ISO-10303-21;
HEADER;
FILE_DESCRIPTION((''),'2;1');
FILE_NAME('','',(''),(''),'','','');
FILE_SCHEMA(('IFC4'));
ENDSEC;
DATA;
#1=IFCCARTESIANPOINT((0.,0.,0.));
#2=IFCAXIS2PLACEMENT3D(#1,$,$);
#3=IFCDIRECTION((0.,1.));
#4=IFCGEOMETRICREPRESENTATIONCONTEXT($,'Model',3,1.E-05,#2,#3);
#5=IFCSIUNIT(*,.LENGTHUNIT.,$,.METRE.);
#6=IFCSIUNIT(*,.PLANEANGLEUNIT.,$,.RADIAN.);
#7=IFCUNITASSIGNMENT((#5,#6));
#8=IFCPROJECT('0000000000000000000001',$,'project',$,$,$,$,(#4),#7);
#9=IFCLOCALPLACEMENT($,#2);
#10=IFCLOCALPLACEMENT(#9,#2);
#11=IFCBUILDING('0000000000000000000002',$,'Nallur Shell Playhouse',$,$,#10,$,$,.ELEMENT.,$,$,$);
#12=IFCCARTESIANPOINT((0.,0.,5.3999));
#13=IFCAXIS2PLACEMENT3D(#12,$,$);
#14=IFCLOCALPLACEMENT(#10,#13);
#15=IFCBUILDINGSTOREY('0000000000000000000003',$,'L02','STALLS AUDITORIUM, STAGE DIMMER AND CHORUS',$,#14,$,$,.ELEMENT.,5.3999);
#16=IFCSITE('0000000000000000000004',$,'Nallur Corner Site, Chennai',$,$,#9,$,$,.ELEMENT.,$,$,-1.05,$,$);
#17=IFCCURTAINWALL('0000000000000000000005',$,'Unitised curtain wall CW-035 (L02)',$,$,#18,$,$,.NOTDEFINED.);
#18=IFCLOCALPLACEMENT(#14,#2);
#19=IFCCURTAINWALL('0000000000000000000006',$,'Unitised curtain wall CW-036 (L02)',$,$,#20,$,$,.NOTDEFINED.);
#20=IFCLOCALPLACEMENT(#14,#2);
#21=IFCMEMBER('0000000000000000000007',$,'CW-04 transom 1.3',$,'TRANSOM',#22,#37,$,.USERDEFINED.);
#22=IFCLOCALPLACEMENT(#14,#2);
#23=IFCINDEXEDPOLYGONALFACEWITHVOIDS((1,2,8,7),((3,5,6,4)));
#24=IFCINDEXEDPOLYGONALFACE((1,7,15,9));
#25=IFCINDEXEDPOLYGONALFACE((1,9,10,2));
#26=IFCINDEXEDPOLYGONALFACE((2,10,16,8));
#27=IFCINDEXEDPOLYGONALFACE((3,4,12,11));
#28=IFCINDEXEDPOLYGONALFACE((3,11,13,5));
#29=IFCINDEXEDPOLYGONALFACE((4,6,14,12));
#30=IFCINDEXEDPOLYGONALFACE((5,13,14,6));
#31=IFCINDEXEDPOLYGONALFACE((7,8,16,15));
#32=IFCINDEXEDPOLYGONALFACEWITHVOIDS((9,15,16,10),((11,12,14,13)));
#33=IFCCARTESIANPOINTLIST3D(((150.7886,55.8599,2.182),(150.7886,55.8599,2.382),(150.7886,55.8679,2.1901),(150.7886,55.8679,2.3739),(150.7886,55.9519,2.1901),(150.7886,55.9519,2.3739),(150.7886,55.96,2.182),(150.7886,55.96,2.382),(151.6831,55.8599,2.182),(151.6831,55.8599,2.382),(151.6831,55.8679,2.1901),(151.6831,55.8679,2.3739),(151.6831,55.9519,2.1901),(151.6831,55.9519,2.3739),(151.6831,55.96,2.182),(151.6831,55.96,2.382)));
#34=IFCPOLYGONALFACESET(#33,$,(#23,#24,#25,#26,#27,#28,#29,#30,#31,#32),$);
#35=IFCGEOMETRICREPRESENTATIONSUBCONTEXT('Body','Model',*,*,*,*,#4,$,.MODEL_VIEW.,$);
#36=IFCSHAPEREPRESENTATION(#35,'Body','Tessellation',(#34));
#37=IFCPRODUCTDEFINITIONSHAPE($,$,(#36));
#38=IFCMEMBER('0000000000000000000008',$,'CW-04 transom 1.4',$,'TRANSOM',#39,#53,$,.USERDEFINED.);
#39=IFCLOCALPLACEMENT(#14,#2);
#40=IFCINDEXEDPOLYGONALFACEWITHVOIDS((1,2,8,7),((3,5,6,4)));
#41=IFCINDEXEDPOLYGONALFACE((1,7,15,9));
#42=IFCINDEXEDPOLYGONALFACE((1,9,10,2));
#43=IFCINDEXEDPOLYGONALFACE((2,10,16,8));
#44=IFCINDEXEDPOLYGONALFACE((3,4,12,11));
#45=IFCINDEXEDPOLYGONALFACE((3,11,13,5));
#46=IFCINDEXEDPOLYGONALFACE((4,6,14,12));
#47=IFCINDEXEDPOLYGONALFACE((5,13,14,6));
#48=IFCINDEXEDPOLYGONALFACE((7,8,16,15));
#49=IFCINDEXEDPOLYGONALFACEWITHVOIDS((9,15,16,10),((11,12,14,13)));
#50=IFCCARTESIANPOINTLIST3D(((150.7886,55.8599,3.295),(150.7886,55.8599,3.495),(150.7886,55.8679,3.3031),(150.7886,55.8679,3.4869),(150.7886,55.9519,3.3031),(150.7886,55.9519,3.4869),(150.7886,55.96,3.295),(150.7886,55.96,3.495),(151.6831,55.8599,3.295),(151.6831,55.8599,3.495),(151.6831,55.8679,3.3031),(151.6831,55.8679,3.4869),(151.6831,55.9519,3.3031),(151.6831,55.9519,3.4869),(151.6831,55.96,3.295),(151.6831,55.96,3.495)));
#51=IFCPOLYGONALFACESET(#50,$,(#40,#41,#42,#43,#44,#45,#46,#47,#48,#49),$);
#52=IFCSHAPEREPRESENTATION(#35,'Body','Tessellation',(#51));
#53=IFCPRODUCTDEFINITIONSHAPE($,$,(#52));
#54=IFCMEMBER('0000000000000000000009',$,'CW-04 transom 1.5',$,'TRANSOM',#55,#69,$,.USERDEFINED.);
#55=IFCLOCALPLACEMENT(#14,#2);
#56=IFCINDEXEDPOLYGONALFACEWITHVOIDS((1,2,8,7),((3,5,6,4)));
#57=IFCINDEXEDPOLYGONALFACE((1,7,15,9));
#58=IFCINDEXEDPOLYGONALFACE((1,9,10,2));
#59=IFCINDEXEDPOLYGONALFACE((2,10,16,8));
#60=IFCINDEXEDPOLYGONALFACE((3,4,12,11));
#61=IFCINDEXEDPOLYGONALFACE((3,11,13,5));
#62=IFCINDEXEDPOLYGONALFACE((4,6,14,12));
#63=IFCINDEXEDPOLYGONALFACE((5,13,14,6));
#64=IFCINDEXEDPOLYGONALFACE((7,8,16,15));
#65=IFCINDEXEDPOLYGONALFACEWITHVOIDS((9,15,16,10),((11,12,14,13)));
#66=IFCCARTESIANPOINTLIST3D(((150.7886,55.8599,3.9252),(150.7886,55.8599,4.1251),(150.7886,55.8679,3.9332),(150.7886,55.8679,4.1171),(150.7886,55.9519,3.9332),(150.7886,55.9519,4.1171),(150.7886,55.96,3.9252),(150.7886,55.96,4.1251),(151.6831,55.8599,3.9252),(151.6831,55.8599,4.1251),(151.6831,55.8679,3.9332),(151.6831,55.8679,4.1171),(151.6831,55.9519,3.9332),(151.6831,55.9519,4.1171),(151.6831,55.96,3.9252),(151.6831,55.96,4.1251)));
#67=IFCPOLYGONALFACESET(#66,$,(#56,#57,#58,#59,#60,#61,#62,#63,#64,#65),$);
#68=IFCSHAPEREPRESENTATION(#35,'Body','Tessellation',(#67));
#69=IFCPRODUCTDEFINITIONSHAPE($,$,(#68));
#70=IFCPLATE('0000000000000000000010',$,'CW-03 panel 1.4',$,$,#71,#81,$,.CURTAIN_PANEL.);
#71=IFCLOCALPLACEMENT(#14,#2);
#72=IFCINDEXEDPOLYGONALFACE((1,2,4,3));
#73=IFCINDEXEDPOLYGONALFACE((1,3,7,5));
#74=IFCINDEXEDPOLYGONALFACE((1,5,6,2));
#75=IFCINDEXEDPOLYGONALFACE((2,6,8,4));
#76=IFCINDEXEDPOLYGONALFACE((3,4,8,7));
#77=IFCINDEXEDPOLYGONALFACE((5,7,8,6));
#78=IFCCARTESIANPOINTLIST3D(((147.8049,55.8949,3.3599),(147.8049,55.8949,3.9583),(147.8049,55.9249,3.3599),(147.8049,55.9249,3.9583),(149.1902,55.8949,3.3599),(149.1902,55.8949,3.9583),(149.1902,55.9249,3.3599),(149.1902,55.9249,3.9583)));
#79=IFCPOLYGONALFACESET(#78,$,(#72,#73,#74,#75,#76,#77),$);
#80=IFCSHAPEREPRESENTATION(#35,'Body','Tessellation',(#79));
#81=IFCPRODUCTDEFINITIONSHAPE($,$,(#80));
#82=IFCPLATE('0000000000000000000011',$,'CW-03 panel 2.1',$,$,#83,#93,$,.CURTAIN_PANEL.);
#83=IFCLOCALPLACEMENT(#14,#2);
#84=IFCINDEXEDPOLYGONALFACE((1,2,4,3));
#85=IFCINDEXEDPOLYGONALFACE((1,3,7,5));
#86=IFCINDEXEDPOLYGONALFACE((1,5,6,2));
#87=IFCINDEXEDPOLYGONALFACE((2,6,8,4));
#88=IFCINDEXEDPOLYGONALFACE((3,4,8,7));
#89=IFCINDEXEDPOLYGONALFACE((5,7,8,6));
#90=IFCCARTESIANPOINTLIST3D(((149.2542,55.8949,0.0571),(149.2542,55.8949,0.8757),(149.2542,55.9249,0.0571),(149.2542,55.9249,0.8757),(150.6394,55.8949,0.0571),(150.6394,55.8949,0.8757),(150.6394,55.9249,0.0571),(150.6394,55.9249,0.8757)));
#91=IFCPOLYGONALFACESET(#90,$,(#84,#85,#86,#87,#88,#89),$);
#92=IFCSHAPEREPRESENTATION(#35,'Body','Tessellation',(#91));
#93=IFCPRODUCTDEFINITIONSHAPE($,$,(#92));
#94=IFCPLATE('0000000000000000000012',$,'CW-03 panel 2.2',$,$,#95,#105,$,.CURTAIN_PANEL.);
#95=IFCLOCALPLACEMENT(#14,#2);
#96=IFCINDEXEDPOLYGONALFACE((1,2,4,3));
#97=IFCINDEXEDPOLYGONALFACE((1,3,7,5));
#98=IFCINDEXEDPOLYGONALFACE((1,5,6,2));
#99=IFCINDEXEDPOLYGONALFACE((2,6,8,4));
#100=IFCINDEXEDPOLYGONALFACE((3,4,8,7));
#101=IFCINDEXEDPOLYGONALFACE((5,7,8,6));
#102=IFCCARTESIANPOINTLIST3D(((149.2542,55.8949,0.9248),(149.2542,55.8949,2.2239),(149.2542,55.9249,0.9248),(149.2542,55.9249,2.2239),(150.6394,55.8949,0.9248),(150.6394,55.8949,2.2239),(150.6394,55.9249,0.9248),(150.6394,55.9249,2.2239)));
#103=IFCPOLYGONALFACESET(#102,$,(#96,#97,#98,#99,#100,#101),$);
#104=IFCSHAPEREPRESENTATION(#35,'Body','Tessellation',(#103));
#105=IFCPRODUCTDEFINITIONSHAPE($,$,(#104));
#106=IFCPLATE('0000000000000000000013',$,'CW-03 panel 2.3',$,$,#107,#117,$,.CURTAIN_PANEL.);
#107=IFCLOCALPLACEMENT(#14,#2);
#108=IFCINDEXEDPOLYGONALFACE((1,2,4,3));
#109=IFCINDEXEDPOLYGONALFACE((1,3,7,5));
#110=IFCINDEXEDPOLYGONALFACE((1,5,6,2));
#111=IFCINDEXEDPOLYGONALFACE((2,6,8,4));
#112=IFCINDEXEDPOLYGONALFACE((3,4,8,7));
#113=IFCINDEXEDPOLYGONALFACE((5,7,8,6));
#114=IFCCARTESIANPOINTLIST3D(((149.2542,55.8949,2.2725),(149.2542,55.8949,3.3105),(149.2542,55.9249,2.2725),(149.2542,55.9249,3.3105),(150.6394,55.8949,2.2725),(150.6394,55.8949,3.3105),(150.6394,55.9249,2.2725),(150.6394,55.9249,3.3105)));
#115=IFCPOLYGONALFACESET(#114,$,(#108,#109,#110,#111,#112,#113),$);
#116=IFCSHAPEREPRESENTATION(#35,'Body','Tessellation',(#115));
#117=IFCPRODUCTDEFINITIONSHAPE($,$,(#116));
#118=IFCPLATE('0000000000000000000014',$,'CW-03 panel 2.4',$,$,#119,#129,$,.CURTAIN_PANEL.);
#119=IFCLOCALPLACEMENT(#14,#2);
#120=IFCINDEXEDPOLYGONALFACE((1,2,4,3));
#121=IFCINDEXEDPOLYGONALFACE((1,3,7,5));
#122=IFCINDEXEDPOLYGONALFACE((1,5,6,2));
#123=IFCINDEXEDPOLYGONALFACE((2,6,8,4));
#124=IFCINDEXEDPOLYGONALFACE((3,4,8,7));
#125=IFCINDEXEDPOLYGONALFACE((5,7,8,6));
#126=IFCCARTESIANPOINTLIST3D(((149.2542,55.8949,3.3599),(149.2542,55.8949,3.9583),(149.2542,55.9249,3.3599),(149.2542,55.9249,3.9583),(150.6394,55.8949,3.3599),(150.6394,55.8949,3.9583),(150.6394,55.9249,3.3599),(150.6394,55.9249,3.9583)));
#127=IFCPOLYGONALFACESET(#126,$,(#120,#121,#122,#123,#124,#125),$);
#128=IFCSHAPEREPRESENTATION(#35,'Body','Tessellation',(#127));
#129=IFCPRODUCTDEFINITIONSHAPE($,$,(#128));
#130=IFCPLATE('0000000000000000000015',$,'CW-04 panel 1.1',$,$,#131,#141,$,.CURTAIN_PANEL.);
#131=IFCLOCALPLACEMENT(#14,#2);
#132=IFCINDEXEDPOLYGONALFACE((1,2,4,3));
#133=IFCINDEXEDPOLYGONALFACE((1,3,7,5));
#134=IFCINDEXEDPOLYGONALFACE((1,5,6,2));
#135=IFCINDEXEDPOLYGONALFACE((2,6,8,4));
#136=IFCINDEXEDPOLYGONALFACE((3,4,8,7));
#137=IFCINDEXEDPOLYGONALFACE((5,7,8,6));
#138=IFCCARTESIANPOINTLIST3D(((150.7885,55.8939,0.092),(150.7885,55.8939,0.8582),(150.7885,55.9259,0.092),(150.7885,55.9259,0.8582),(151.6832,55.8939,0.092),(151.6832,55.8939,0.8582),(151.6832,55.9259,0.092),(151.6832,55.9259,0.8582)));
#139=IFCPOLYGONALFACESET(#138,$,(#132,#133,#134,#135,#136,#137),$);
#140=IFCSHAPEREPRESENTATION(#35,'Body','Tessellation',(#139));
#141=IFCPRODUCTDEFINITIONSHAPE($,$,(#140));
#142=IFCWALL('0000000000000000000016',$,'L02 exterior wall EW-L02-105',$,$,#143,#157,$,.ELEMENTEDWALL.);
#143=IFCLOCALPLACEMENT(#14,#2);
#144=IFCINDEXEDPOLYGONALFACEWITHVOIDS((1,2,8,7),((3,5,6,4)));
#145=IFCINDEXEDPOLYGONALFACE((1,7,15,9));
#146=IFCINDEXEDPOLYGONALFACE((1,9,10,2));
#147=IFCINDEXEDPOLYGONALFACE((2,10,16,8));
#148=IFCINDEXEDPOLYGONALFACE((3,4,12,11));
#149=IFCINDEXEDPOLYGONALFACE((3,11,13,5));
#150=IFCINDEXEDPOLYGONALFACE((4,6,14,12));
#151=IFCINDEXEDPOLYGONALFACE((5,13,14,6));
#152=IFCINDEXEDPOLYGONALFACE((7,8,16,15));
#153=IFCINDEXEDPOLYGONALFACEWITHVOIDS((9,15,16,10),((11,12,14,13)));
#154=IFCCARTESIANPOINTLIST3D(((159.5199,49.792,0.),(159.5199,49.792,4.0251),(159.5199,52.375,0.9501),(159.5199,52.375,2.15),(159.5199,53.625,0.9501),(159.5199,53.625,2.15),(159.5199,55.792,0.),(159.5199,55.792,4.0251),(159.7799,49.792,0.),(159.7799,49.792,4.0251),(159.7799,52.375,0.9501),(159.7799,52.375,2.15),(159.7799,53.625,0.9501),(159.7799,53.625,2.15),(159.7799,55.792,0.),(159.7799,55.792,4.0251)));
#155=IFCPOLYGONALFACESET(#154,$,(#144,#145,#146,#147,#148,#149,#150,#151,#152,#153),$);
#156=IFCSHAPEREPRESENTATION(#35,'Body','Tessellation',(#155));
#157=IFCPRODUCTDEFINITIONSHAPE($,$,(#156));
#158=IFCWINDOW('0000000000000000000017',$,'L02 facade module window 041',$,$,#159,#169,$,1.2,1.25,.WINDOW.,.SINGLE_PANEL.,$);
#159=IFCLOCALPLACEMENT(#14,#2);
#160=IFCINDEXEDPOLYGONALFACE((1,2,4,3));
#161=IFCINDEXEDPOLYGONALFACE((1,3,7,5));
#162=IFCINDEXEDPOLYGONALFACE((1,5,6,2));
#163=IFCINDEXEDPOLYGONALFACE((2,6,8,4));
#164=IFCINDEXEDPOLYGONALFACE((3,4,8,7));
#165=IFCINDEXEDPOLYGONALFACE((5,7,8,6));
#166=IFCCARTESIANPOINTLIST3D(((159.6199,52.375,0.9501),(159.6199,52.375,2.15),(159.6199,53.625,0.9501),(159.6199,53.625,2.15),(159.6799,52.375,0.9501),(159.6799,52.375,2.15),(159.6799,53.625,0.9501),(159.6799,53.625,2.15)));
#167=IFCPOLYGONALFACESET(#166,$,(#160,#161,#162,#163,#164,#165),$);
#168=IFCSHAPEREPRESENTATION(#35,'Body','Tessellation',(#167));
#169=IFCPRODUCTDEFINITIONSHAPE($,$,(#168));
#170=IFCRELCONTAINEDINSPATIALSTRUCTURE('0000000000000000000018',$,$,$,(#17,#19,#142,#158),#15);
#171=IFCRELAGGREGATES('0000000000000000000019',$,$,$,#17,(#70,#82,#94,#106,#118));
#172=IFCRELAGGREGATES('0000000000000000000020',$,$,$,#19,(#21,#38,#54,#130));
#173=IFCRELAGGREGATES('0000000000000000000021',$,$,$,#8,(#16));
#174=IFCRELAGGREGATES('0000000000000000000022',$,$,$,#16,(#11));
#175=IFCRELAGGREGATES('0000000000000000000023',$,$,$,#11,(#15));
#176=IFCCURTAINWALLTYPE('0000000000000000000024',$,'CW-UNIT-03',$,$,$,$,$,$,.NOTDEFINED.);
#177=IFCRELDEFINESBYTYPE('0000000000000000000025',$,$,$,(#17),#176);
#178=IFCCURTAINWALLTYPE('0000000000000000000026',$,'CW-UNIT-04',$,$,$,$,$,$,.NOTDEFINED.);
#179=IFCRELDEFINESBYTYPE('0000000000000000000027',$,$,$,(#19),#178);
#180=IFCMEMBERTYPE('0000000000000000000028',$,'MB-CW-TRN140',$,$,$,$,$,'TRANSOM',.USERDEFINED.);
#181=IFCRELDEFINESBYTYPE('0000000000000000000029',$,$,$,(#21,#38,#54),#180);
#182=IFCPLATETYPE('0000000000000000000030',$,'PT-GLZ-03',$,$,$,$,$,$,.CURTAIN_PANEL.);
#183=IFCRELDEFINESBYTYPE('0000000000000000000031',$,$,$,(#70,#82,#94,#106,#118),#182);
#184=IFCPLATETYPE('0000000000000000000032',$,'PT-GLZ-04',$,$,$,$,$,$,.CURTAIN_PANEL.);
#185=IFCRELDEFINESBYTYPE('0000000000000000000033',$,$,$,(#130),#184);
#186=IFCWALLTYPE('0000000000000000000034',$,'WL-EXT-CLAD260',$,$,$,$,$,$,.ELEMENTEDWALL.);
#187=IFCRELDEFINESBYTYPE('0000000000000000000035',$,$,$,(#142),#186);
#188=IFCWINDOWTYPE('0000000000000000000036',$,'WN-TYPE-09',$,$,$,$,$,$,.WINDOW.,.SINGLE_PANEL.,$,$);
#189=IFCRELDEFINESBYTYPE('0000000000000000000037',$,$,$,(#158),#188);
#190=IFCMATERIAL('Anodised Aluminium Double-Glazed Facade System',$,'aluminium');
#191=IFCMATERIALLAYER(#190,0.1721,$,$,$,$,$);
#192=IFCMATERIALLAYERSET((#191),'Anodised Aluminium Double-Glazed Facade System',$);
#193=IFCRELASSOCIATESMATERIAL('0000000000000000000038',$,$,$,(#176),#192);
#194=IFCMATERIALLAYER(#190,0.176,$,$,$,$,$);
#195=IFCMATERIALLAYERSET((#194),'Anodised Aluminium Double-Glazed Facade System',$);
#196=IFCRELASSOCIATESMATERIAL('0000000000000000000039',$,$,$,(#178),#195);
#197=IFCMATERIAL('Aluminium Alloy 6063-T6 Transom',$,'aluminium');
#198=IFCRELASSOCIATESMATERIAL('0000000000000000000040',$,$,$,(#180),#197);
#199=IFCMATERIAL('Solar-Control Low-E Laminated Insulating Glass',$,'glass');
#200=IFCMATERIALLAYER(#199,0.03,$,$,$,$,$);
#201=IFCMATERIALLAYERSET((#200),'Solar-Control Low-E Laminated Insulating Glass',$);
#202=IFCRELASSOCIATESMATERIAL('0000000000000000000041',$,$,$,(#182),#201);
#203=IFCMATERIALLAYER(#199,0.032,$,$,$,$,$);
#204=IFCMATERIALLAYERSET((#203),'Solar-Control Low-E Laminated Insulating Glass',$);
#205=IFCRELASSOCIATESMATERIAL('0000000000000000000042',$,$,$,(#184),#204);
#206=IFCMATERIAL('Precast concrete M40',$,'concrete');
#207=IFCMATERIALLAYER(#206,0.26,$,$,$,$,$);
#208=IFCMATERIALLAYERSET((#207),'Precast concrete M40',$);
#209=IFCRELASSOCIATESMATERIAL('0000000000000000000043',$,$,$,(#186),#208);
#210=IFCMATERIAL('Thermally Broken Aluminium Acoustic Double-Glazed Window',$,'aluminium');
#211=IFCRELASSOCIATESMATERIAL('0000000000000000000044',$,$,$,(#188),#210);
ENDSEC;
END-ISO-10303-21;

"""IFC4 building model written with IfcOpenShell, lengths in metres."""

from ifc_helpers import new_model, si_unit, direction, frame, frame_2d, origin, origin_2d, place, context, subcontext, project, spatial, rectangle, hollow_rectangle, extrude, material, layer, layer_set, material_profile, profile_set, type_object, element, fill, aggregate, save


model = new_model("IFC4")

# Units and contexts
model_context = context("Model", 3, precision=1e-05, world=origin(), true_north=direction((0.0, 1.0)))
body_context = subcontext(model_context, "Body", "Model", "MODEL_VIEW")
ifc_project = project(units=[si_unit("LENGTHUNIT", "METRE"), si_unit("PLANEANGLEUNIT", "RADIAN")], contexts=[model_context])

# Site, building, storey
site_placement = place(None, origin())
site = spatial("IfcSite", under=ifc_project, at=site_placement, Name="Nallur Corner Site, Chennai", CompositionType="ELEMENT", RefElevation=-1.05)
building_placement = place(site_placement, origin())
building = spatial("IfcBuilding", under=site, at=building_placement, Name="Nallur Shell Playhouse", CompositionType="ELEMENT")
storey_placement = place(building_placement, frame((0.0, 0.0, 5.3999)))
storey = spatial("IfcBuildingStorey", under=building, at=storey_placement, Name="L02", Description="STALLS AUDITORIUM, STAGE DIMMER AND CHORUS", CompositionType="ELEMENT", Elevation=5.3999)

# Curtain wall
ifc_material_1 = material(Name="Anodised Aluminium Double-Glazed Facade System", Category="aluminium")
ifc_layer_1 = layer(ifc_material_1, 0.1721)
ifc_layer_set_1 = layer_set([ifc_layer_1], Name="Anodised Aluminium Double-Glazed Facade System")
curtain_wall_type_1 = type_object("IfcCurtainWallType", Name="CW-UNIT-03", PredefinedType="NOTDEFINED", material=ifc_layer_set_1)
curtain_wall_1_placement = place(storey_placement, origin())
curtain_wall_1 = element("IfcCurtainWall", 1, at=curtain_wall_1_placement, inside=storey, type_object=curtain_wall_type_1, Name="Unitised curtain wall CW-035 (L02)", PredefinedType="NOTDEFINED")

# Curtain wall
ifc_layer_2 = layer(ifc_material_1, 0.176)
ifc_layer_set_2 = layer_set([ifc_layer_2], Name="Anodised Aluminium Double-Glazed Facade System")
curtain_wall_type_2 = type_object("IfcCurtainWallType", Name="CW-UNIT-04", PredefinedType="NOTDEFINED", material=ifc_layer_set_2)
curtain_wall_2_placement = place(storey_placement, origin())
curtain_wall_2 = element("IfcCurtainWall", 2, at=curtain_wall_2_placement, inside=storey, type_object=curtain_wall_type_2, Name="Unitised curtain wall CW-036 (L02)", PredefinedType="NOTDEFINED")

# Members
ifc_material_2 = material(Name="Aluminium Alloy 6063-T6 Transom", Category="aluminium")
ifc_material_profile_1 = material_profile(ifc_material_2, hollow_rectangle(XDim=0.1001, YDim=0.2, WallThickness=0.0081, at=origin_2d()), Name="RHS 200x100x8")
ifc_profile_set_1 = profile_set([ifc_material_profile_1], Name="Aluminium Alloy 6063-T6 Transom")
member_type_1 = type_object("IfcMemberType", Name="MB-CW-TRN140", ElementType="TRANSOM", PredefinedType="USERDEFINED", material=ifc_profile_set_1)
member_1_placement = place(storey_placement, frame((150.7886, 55.9099, 2.282), z_axis=(1.0, 0.0, 0.0), x_axis=(0.0, 1.0, 0.0)))
member_1 = element("IfcMember", 3, at=member_1_placement, type_object=member_type_1, Name="CW-04 transom 1.3", ObjectType="TRANSOM", PredefinedType="USERDEFINED", context=body_context, shape_type="SweptSolid", body=[
    extrude(hollow_rectangle(XDim=0.1001, YDim=0.2, WallThickness=0.0081, at=origin_2d()), origin(), (0.0, 0.0, 1.0), 0.8945),
])
member_2_placement = place(storey_placement, frame((150.7886, 55.9099, 3.395), z_axis=(1.0, 0.0, 0.0), x_axis=(0.0, 1.0, 0.0)))
member_2 = element("IfcMember", 4, at=member_2_placement, type_object=member_type_1, Name="CW-04 transom 1.4", ObjectType="TRANSOM", PredefinedType="USERDEFINED", context=body_context, shape_type="SweptSolid", body=[
    extrude(hollow_rectangle(XDim=0.1001, YDim=0.2, WallThickness=0.0081, at=origin_2d()), origin(), (0.0, 0.0, 1.0), 0.8945),
])
member_3_placement = place(storey_placement, frame((150.7886, 55.9099, 4.0251), z_axis=(1.0, 0.0, 0.0), x_axis=(0.0, 1.0, 0.0)))
member_3 = element("IfcMember", 5, at=member_3_placement, type_object=member_type_1, Name="CW-04 transom 1.5", ObjectType="TRANSOM", PredefinedType="USERDEFINED", context=body_context, shape_type="SweptSolid", body=[
    extrude(hollow_rectangle(XDim=0.1001, YDim=0.2, WallThickness=0.0081, at=origin_2d()), origin(), (0.0, 0.0, 1.0), 0.8945),
])

# Plates
ifc_material_3 = material(Name="Solar-Control Low-E Laminated Insulating Glass", Category="glass")
ifc_layer_3 = layer(ifc_material_3, 0.03)
ifc_layer_set_3 = layer_set([ifc_layer_3], Name="Solar-Control Low-E Laminated Insulating Glass")
plate_type_1 = type_object("IfcPlateType", Name="PT-GLZ-03", PredefinedType="CURTAIN_PANEL", material=ifc_layer_set_3)
plate_1_placement = place(storey_placement, frame((148.4976, 55.9099, 3.3599), z_axis=(0.0, 0.0, 1.0), x_axis=(1.0, 0.0, 0.0)))
plate_1 = element("IfcPlate", 6, at=plate_1_placement, type_object=plate_type_1, Name="CW-03 panel 1.4", PredefinedType="CURTAIN_PANEL", context=body_context, shape_type="SweptSolid", body=[
    extrude(rectangle(XDim=1.3853, YDim=0.03, at=origin_2d()), origin(), (0.0, 0.0, 1.0), 0.5984),
])
plate_2_placement = place(storey_placement, frame((149.9468, 55.9099, 0.0571), z_axis=(0.0, 0.0, 1.0), x_axis=(1.0, 0.0, 0.0)))
plate_2 = element("IfcPlate", 7, at=plate_2_placement, type_object=plate_type_1, Name="CW-03 panel 2.1", PredefinedType="CURTAIN_PANEL", context=body_context, shape_type="SweptSolid", body=[
    extrude(rectangle(XDim=1.3853, YDim=0.03, at=origin_2d()), origin(), (0.0, 0.0, 1.0), 0.8186),
])
plate_3_placement = place(storey_placement, frame((149.9468, 55.9099, 0.9248), z_axis=(0.0, 0.0, 1.0), x_axis=(1.0, 0.0, 0.0)))
plate_3 = element("IfcPlate", 8, at=plate_3_placement, type_object=plate_type_1, Name="CW-03 panel 2.2", PredefinedType="CURTAIN_PANEL", context=body_context, shape_type="SweptSolid", body=[
    extrude(rectangle(XDim=1.3853, YDim=0.03, at=origin_2d()), origin(), (0.0, 0.0, 1.0), 1.2991),
])
plate_4_placement = place(storey_placement, frame((149.9468, 55.9099, 2.2725), z_axis=(0.0, 0.0, 1.0), x_axis=(1.0, 0.0, 0.0)))
plate_4 = element("IfcPlate", 9, at=plate_4_placement, type_object=plate_type_1, Name="CW-03 panel 2.3", PredefinedType="CURTAIN_PANEL", context=body_context, shape_type="SweptSolid", body=[
    extrude(rectangle(XDim=1.3853, YDim=0.03, at=origin_2d()), origin(), (0.0, 0.0, 1.0), 1.0381),
])
plate_5_placement = place(storey_placement, frame((149.9468, 55.9099, 3.3599), z_axis=(0.0, 0.0, 1.0), x_axis=(1.0, 0.0, 0.0)))
plate_5 = element("IfcPlate", 10, at=plate_5_placement, type_object=plate_type_1, Name="CW-03 panel 2.4", PredefinedType="CURTAIN_PANEL", context=body_context, shape_type="SweptSolid", body=[
    extrude(rectangle(XDim=1.3853, YDim=0.03, at=origin_2d()), origin(), (0.0, 0.0, 1.0), 0.5984),
])
aggregate(curtain_wall_1, [plate_1, plate_2, plate_3, plate_4, plate_5])
ifc_layer_4 = layer(ifc_material_3, 0.032)
ifc_layer_set_4 = layer_set([ifc_layer_4], Name="Solar-Control Low-E Laminated Insulating Glass")
plate_type_2 = type_object("IfcPlateType", Name="PT-GLZ-04", PredefinedType="CURTAIN_PANEL", material=ifc_layer_set_4)
plate_6_placement = place(storey_placement, frame((151.2358, 55.9099, 0.092), z_axis=(0.0, 0.0, 1.0), x_axis=(1.0, 0.0, 0.0)))
plate_6 = element("IfcPlate", 11, at=plate_6_placement, type_object=plate_type_2, Name="CW-04 panel 1.1", PredefinedType="CURTAIN_PANEL", context=body_context, shape_type="SweptSolid", body=[
    extrude(rectangle(XDim=0.8948, YDim=0.032, at=origin_2d()), origin(), (0.0, 0.0, 1.0), 0.7661),
])
aggregate(curtain_wall_2, [member_1, member_2, member_3, plate_6])

# Wall, opening, window
ifc_material_4 = material(Name="Precast concrete M40", Category="concrete")
ifc_layer_5 = layer(ifc_material_4, 0.26)
ifc_layer_set_5 = layer_set([ifc_layer_5], Name="Precast concrete M40")
wall_type = type_object("IfcWallType", Name="WL-EXT-CLAD260", PredefinedType="ELEMENTEDWALL", material=ifc_layer_set_5)
wall_placement = place(storey_placement, frame((159.6499, 55.792, 0.0), z_axis=(0.0, 0.0, 1.0), x_axis=(0.0, -1.0, 0.0)))
wall = element("IfcWall", 12, at=wall_placement, inside=storey, type_object=wall_type, Name="L02 exterior wall EW-L02-105", PredefinedType="ELEMENTEDWALL", context=body_context, shape_type="SweptSolid", body=[
    extrude(rectangle(XDim=6.0, YDim=0.26, at=frame_2d((3.0, 0.0))), origin(), (0.0, 0.0, 1.0), 4.0251),
])
opening_placement = place(wall_placement, frame((2.167, 0.0, 0.95)))
opening = element("IfcOpeningElement", 13, at=opening_placement, cuts=wall, PredefinedType="OPENING", context=body_context, shape_type="SweptSolid", body=[
    extrude(rectangle(XDim=1.25, YDim=1.2, at=frame_2d((0.625, 0.6001))), frame((0.0, 0.1401, 0.0), z_axis=(0.0, -1.0, 0.0), x_axis=(1.0, 0.0, 0.0)), (0.0, 0.0, 1.0), 0.28),
])
ifc_material_5 = material(Name="Thermally Broken Aluminium Acoustic Double-Glazed Window", Category="aluminium")
window_type = type_object("IfcWindowType", Name="WN-TYPE-09", PartitioningType="SINGLE_PANEL", PredefinedType="WINDOW", material=ifc_material_5)
window_placement = place(opening_placement, origin())
window = element("IfcWindow", 14, at=window_placement, inside=storey, type_object=window_type, Name="L02 facade module window 041", OverallHeight=1.2, OverallWidth=1.25, PartitioningType="SINGLE_PANEL", PredefinedType="WINDOW", context=body_context, shape_type="SweptSolid", body=[
    extrude(rectangle(XDim=1.25, YDim=1.2, at=frame_2d((0.625, 0.6001))), frame((0.0, 0.03, 0.0), z_axis=(0.0, -1.0, 0.0), x_axis=(1.0, 0.0, 0.0)), (0.0, 0.0, 1.0), 0.0601),
])
fill(opening, window)

save(model, "model.ifc")
